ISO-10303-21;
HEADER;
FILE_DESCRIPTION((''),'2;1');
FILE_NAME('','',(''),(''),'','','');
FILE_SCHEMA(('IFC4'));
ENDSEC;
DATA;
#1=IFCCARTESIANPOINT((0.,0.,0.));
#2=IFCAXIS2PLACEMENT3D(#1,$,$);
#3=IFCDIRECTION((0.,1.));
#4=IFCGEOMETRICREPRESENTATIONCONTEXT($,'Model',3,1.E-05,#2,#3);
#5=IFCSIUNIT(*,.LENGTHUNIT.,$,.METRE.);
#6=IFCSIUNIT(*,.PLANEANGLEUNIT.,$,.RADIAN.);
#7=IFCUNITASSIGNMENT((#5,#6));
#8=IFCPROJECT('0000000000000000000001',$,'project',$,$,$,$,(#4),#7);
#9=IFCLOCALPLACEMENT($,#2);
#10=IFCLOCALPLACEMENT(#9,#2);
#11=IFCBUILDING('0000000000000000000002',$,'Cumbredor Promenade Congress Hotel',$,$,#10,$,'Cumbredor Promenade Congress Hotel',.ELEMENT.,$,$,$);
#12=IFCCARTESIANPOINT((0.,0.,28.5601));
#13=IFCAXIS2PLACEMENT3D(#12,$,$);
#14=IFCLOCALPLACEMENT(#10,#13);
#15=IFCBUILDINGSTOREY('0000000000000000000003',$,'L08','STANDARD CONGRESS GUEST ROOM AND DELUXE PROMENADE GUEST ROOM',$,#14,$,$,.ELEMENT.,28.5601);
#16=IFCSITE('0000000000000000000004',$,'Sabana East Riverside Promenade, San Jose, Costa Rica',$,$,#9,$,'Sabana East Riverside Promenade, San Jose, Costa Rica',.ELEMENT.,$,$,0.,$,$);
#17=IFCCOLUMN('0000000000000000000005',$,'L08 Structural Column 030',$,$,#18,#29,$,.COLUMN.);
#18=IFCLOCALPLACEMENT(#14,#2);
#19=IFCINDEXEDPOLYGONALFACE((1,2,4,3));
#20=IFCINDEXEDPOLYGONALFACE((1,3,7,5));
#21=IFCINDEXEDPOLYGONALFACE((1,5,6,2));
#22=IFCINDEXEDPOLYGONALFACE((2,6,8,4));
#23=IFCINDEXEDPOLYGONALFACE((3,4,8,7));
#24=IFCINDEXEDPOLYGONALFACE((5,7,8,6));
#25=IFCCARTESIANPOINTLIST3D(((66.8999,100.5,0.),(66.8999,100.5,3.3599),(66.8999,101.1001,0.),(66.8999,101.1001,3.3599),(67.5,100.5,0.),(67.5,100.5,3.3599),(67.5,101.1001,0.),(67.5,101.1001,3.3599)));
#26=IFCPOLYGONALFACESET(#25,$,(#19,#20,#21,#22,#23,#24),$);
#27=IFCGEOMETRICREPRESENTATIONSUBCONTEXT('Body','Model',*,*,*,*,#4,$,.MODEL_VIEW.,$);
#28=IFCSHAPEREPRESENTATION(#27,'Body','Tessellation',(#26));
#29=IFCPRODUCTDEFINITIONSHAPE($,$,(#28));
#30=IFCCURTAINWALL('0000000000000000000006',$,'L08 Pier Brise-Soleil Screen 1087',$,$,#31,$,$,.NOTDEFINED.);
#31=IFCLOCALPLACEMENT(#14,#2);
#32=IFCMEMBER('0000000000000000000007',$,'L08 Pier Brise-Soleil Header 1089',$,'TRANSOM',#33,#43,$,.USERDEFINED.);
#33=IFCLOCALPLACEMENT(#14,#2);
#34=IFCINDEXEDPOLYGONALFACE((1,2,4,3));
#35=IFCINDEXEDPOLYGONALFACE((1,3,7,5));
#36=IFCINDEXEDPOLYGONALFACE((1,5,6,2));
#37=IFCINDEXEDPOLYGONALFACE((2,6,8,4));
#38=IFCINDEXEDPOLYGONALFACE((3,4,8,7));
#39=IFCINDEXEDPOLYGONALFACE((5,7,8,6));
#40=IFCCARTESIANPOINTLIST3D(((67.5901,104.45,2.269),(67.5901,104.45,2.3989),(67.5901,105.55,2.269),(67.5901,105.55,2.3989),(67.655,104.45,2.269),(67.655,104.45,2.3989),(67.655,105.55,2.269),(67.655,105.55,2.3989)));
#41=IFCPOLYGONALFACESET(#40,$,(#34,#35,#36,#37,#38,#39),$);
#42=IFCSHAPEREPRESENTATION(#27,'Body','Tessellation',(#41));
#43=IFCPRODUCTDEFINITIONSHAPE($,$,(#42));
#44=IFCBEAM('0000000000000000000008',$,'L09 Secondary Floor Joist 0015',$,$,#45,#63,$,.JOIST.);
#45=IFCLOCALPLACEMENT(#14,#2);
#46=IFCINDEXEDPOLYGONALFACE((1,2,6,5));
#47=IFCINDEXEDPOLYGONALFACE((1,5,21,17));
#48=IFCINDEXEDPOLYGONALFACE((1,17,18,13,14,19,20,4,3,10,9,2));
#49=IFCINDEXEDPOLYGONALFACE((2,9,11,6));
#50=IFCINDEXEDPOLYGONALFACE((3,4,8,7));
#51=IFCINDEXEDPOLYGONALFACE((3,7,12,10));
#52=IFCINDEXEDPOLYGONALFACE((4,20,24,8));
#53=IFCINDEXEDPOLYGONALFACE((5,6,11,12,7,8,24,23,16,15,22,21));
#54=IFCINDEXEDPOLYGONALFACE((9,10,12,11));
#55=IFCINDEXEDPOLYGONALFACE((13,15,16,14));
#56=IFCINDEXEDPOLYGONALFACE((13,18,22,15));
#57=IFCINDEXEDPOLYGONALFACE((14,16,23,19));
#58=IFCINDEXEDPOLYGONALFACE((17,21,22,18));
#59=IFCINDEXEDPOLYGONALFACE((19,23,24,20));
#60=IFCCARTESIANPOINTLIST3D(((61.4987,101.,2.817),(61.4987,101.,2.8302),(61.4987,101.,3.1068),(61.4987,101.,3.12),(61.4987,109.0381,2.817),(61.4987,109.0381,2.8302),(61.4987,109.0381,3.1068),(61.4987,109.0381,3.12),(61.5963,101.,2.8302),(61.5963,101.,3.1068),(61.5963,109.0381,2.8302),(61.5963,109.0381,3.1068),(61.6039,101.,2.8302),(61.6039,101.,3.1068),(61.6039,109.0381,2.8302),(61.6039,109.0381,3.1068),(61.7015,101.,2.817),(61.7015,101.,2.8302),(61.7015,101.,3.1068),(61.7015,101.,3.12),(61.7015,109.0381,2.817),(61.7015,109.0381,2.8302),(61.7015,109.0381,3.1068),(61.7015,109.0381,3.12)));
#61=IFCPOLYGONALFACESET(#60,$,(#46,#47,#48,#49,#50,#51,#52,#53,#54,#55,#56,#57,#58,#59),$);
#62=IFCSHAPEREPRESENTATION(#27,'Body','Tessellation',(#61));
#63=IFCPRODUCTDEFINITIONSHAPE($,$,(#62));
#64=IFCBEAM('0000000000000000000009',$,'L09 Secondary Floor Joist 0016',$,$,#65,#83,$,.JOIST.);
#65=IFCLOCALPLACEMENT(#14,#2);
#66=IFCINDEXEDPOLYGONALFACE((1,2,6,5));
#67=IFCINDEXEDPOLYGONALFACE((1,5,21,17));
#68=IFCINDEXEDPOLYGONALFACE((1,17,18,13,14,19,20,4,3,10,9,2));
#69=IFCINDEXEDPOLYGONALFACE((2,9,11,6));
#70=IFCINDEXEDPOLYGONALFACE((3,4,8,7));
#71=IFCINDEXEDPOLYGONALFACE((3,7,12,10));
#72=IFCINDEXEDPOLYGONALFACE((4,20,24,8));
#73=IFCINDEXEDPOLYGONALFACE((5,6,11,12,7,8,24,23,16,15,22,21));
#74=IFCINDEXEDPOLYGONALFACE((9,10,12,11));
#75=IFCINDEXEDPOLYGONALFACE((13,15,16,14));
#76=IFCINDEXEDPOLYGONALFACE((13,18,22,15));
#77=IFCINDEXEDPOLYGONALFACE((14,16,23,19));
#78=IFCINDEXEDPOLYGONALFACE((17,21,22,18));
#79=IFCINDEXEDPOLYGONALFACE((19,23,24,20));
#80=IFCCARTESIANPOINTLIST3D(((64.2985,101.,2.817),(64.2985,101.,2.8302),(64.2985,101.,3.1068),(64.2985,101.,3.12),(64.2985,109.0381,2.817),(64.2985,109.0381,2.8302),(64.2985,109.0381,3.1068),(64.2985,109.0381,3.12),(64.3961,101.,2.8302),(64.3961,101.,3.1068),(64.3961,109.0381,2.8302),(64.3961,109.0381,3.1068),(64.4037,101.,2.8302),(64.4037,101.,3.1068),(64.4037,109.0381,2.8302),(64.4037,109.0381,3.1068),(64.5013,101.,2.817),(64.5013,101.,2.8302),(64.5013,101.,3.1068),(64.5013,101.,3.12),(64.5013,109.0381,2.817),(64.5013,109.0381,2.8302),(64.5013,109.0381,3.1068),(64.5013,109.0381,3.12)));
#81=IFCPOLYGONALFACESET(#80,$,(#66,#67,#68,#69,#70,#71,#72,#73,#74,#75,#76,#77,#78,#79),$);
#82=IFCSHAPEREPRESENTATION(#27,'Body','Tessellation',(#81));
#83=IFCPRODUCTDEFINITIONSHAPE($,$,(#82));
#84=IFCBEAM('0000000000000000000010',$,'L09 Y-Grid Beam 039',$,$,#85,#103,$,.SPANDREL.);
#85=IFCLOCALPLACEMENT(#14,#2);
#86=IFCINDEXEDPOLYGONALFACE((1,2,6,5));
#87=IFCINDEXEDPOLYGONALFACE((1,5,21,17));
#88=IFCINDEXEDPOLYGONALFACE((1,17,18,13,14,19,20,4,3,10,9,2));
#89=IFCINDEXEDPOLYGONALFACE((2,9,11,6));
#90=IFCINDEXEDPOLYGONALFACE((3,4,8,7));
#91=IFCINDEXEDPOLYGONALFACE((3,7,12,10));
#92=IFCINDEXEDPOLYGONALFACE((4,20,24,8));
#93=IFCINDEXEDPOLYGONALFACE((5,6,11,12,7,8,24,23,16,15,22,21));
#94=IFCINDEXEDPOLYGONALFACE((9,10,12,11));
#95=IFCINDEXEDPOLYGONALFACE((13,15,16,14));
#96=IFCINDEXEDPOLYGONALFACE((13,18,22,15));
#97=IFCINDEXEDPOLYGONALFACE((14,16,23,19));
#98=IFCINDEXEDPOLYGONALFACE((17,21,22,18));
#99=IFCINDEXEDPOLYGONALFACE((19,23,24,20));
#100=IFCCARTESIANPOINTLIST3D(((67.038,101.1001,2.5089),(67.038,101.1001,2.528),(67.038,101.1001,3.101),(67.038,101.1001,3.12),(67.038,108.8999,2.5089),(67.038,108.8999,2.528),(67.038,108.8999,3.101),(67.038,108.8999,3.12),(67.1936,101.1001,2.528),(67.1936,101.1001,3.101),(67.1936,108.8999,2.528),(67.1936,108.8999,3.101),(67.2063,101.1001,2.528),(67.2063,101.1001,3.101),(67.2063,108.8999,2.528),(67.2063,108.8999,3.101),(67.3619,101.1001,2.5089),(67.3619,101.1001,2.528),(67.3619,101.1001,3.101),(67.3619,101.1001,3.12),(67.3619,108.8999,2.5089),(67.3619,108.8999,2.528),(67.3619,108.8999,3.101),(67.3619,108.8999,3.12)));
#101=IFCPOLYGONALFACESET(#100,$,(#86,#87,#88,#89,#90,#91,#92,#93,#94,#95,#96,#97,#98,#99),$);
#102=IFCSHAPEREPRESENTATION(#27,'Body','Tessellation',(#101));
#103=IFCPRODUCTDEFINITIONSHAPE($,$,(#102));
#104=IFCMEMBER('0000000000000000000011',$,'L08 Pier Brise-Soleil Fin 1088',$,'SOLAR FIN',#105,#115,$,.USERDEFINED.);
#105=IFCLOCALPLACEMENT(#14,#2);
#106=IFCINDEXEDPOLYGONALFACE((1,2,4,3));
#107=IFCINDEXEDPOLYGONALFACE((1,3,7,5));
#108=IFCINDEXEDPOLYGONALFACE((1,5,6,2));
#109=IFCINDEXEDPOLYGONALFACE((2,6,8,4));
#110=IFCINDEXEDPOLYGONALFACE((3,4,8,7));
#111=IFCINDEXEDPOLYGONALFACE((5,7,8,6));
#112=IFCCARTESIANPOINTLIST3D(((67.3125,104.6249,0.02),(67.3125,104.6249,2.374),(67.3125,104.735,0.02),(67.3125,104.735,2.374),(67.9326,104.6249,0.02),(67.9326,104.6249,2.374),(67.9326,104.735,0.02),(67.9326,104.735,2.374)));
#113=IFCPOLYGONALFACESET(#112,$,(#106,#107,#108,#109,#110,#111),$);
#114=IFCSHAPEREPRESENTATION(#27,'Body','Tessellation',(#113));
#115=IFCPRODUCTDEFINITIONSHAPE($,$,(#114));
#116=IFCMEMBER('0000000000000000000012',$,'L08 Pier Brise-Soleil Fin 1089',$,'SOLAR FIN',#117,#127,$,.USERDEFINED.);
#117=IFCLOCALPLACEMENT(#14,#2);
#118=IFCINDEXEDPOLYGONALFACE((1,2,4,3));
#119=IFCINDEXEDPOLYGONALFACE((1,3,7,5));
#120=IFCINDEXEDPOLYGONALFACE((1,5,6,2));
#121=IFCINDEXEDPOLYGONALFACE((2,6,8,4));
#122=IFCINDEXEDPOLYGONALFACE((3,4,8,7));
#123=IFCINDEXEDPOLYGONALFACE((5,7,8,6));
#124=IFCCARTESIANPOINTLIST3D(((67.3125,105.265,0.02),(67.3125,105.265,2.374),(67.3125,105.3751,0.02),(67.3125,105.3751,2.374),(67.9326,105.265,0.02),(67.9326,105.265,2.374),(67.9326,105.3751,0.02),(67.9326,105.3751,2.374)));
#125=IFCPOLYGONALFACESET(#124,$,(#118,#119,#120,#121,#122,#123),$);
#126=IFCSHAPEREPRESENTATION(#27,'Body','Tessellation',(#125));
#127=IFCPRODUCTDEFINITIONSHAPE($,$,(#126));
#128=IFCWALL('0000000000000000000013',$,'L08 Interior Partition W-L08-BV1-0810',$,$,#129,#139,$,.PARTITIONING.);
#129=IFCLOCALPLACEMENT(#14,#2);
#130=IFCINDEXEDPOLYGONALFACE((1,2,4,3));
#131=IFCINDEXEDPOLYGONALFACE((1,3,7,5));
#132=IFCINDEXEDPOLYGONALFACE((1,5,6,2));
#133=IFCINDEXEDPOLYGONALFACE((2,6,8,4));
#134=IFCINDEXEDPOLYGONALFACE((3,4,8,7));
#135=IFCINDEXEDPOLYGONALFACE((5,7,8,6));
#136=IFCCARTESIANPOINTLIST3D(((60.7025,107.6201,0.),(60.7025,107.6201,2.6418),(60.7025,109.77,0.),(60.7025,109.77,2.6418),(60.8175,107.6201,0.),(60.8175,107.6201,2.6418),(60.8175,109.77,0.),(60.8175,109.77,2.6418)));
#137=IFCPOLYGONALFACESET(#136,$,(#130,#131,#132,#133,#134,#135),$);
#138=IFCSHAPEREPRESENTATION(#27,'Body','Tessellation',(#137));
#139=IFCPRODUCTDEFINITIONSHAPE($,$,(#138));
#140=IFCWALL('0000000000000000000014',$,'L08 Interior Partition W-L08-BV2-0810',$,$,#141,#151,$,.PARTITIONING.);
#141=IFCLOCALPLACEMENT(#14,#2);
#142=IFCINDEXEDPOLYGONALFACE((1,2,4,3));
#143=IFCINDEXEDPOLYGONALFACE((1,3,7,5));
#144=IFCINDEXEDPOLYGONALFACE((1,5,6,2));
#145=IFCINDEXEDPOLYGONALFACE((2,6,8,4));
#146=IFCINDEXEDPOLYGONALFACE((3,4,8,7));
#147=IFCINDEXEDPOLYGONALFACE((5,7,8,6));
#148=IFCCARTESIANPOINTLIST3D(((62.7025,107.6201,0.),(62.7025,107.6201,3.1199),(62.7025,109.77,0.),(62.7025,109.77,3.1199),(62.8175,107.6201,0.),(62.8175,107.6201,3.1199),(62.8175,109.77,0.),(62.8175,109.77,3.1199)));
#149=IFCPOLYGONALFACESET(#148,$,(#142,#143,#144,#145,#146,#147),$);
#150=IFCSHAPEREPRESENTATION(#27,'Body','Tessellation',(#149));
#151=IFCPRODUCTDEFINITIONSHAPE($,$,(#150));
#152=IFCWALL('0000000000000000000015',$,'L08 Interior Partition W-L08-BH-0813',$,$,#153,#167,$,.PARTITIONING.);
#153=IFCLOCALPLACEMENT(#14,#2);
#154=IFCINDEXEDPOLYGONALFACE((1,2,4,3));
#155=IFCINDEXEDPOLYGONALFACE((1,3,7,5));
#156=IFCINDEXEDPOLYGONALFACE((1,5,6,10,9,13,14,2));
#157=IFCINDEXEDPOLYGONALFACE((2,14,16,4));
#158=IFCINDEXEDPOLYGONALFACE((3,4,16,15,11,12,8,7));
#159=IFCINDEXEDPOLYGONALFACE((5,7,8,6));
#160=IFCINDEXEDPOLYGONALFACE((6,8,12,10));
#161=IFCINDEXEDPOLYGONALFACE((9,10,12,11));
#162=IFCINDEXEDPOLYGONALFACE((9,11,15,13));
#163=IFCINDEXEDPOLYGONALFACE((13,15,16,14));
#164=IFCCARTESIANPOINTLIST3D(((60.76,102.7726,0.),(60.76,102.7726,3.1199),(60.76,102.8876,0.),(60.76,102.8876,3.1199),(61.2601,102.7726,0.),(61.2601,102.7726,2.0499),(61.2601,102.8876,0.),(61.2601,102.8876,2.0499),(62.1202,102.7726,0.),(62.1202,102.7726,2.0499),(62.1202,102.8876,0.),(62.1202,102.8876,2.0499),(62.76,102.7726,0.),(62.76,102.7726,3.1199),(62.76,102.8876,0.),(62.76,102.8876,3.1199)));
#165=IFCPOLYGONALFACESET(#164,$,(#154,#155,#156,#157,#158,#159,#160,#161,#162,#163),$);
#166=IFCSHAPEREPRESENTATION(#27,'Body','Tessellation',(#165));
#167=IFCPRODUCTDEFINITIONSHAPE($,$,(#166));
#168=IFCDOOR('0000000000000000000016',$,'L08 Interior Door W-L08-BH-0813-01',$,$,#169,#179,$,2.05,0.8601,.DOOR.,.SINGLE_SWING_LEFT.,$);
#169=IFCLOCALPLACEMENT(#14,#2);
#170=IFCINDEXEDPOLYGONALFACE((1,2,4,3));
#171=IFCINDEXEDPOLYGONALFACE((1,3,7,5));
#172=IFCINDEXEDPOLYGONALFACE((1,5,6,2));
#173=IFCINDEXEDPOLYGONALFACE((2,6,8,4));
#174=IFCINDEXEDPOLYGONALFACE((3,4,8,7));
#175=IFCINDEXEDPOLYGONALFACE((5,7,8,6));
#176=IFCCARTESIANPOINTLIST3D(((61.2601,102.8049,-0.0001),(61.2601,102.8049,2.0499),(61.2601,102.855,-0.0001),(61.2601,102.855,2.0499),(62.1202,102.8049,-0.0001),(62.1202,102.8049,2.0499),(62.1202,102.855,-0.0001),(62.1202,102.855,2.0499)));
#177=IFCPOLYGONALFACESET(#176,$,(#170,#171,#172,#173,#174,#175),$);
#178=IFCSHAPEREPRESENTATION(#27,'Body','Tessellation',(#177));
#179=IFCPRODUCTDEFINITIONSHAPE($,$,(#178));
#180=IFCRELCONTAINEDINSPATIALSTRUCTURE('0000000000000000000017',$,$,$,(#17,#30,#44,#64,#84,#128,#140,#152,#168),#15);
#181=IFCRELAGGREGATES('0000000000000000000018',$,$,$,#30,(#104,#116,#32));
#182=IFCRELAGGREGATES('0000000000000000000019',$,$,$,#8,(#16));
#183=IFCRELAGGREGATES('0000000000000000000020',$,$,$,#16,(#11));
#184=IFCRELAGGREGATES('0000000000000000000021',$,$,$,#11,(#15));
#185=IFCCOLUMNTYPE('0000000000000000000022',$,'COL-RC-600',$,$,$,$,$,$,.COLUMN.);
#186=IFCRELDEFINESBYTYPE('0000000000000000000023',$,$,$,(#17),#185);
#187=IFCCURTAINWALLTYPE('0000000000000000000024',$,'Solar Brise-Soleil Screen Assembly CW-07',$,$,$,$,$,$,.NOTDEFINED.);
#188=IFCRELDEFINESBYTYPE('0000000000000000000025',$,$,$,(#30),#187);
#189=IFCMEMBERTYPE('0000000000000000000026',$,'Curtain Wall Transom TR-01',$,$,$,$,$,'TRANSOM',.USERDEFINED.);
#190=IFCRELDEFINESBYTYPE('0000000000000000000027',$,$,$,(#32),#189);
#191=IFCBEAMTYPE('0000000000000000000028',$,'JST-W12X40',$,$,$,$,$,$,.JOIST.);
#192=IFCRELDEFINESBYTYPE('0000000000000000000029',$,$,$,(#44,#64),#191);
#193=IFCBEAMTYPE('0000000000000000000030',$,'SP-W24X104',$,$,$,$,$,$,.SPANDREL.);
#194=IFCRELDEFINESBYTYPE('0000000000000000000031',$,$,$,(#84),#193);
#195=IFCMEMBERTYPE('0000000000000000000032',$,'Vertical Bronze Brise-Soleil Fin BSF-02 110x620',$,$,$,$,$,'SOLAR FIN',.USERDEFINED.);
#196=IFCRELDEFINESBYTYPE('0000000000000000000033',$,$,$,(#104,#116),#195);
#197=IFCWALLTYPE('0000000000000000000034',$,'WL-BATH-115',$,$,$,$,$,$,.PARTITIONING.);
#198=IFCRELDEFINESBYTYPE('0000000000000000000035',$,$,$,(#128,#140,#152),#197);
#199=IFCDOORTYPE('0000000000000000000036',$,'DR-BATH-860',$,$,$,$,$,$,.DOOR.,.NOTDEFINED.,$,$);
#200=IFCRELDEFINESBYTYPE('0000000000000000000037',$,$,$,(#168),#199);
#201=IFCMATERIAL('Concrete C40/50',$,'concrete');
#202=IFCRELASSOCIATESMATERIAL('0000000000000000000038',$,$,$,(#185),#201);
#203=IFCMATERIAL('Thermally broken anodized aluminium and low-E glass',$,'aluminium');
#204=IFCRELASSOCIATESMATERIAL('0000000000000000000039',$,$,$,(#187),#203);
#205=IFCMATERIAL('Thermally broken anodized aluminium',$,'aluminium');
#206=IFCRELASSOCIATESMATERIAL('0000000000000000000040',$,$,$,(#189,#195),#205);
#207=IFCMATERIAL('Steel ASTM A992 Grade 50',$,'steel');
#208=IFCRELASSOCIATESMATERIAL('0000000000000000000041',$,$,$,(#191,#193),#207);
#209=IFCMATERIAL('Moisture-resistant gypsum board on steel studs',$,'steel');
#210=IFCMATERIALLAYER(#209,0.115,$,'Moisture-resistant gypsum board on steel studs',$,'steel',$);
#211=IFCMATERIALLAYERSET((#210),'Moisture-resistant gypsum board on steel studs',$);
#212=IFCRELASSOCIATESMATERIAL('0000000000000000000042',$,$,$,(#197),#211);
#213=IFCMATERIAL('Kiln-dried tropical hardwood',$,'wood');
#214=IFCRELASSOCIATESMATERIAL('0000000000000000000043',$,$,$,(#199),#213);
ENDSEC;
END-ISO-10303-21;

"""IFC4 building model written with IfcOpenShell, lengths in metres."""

from ifc_helpers import new_model, si_unit, direction, frame, frame_2d, origin, origin_2d, place, context, subcontext, project, spatial, rectangle, i_section, extrude, material, layer, layer_set, material_profile, profile_set, type_object, element, fill, aggregate, save


model = new_model("IFC4")

# Units and contexts
model_context = context("Model", 3, precision=1e-05, world=origin(), true_north=direction((0.0, 1.0)))
body_context = subcontext(model_context, "Body", "Model", "MODEL_VIEW")
ifc_project = project(units=[si_unit("LENGTHUNIT", "METRE"), si_unit("PLANEANGLEUNIT", "RADIAN")], contexts=[model_context])

# Site, building, storey
site_placement = place(None, origin())
site = spatial("IfcSite", under=ifc_project, at=site_placement, Name="Sabana East Riverside Promenade, San Jose, Costa Rica", LongName="Sabana East Riverside Promenade, San Jose, Costa Rica", CompositionType="ELEMENT", RefElevation=0.0)
building_placement = place(site_placement, origin())
building = spatial("IfcBuilding", under=site, at=building_placement, Name="Cumbredor Promenade Congress Hotel", LongName="Cumbredor Promenade Congress Hotel", CompositionType="ELEMENT")
storey_placement = place(building_placement, frame((0.0, 0.0, 28.5601)))
storey = spatial("IfcBuildingStorey", under=building, at=storey_placement, Name="L08", Description="STANDARD CONGRESS GUEST ROOM AND DELUXE PROMENADE GUEST ROOM", CompositionType="ELEMENT", Elevation=28.5601)

# Column
ifc_material_1 = material(Name="Concrete C40/50", Category="concrete")
ifc_material_profile_1 = material_profile(ifc_material_1, rectangle(XDim=0.6001, YDim=0.6001, at=origin_2d()), Name="RC 600x600")
ifc_profile_set_1 = profile_set([ifc_material_profile_1], Name="Concrete C40/50")
column_type = type_object("IfcColumnType", Name="COL-RC-600", PredefinedType="COLUMN", material=ifc_profile_set_1)
column_placement = place(storey_placement, frame((67.2, 100.8, 0.0), z_axis=(0.0, 0.0, 1.0), x_axis=(1.0, 0.0, 0.0)))
element("IfcColumn", 1, at=column_placement, inside=storey, type_object=column_type, Name="L08 Structural Column 030", PredefinedType="COLUMN", context=body_context, shape_type="SweptSolid", body=[
    extrude(rectangle(XDim=0.6001, YDim=0.6001, at=origin_2d()), origin(), (0.0, 0.0, 1.0), 3.3599),
])

# Curtain wall, member
ifc_material_2 = material(Name="Thermally broken anodized aluminium and low-E glass", Category="aluminium")
curtain_wall_type = type_object("IfcCurtainWallType", Name="Solar Brise-Soleil Screen Assembly CW-07", PredefinedType="NOTDEFINED", material=ifc_material_2)
curtain_wall_placement = place(storey_placement, origin())
curtain_wall = element("IfcCurtainWall", 2, at=curtain_wall_placement, inside=storey, type_object=curtain_wall_type, Name="L08 Pier Brise-Soleil Screen 1087", PredefinedType="NOTDEFINED")
ifc_material_3 = material(Name="Thermally broken anodized aluminium", Category="aluminium")
ifc_material_profile_2 = material_profile(ifc_material_3, rectangle(XDim=0.0649, YDim=0.1299, at=origin_2d()), Name="ALU TRANSOM 65x130")
ifc_profile_set_2 = profile_set([ifc_material_profile_2], Name="Thermally broken anodized aluminium")
member_type_1 = type_object("IfcMemberType", Name="Curtain Wall Transom TR-01", ElementType="TRANSOM", PredefinedType="USERDEFINED", material=ifc_profile_set_2)
member_1_placement = place(storey_placement, frame((67.6226, 104.45, 2.334), z_axis=(0.0, 1.0, 0.0), x_axis=(-1.0, 0.0, 0.0)))
member_1 = element("IfcMember", 3, at=member_1_placement, type_object=member_type_1, Name="L08 Pier Brise-Soleil Header 1089", ObjectType="TRANSOM", PredefinedType="USERDEFINED", context=body_context, shape_type="SweptSolid", body=[
    extrude(rectangle(XDim=0.0649, YDim=0.1299, at=origin_2d()), origin(), (0.0, 0.0, 1.0), 1.1001),
])

# Beams
ifc_material_4 = material(Name="Steel ASTM A992 Grade 50", Category="steel")
ifc_material_profile_3 = material_profile(ifc_material_4, i_section(OverallWidth=0.2029, OverallDepth=0.303, WebThickness=0.0076, FlangeThickness=0.0132, at=origin_2d()), Name="W12X40")
ifc_profile_set_3 = profile_set([ifc_material_profile_3], Name="Steel ASTM A992 Grade 50")
beam_type_1 = type_object("IfcBeamType", Name="JST-W12X40", PredefinedType="JOIST", material=ifc_profile_set_3)
for number, where, z_axis, x_axis, name in (
    (4, (61.6001, 101.0, 2.9685), (0.0, 1.0, 0.0), (-1.0, 0.0, 0.0), "L09 Secondary Floor Joist 0015"),
    (5, (64.3999, 101.0, 2.9685), (0.0, 1.0, 0.0), (-1.0, 0.0, 0.0), "L09 Secondary Floor Joist 0016"),
):
    element("IfcBeam", number, at=place(storey_placement, frame(where, z_axis=z_axis, x_axis=x_axis)), inside=storey, type_object=beam_type_1, Name=name, PredefinedType="JOIST", context=body_context, shape_type="SweptSolid", body=[
        extrude(i_section(OverallWidth=0.2029, OverallDepth=0.303, WebThickness=0.0076, FlangeThickness=0.0132, at=origin_2d()), origin(), (0.0, 0.0, 1.0), 8.0381),
    ])
ifc_material_profile_4 = material_profile(ifc_material_4, i_section(OverallWidth=0.324, OverallDepth=0.6111, WebThickness=0.0127, FlangeThickness=0.019, at=origin_2d()), Name="W24X104")
ifc_profile_set_4 = profile_set([ifc_material_profile_4], Name="Steel ASTM A992 Grade 50")
beam_type_2 = type_object("IfcBeamType", Name="SP-W24X104", PredefinedType="SPANDREL", material=ifc_profile_set_4)
beam_placement = place(storey_placement, frame((67.2, 101.1001, 2.8145), z_axis=(0.0, 1.0, 0.0), x_axis=(-1.0, 0.0, 0.0)))
element("IfcBeam", 6, at=beam_placement, inside=storey, type_object=beam_type_2, Name="L09 Y-Grid Beam 039", PredefinedType="SPANDREL", context=body_context, shape_type="SweptSolid", body=[
    extrude(i_section(OverallWidth=0.324, OverallDepth=0.6111, WebThickness=0.0127, FlangeThickness=0.019, at=origin_2d()), origin(), (0.0, 0.0, 1.0), 7.7998),
])

# Members
ifc_material_profile_5 = material_profile(ifc_material_3, rectangle(XDim=0.1101, YDim=0.6201, at=origin_2d()), Name="ARCH FIN 110x620")
ifc_profile_set_5 = profile_set([ifc_material_profile_5], Name="Thermally broken anodized aluminium")
member_type_2 = type_object("IfcMemberType", Name="Vertical Bronze Brise-Soleil Fin BSF-02 110x620", ElementType="SOLAR FIN", PredefinedType="USERDEFINED", material=ifc_profile_set_5)
member_2_placement = place(storey_placement, frame((67.6226, 104.6799, 0.02), z_axis=(0.0, 0.0, 1.0), x_axis=(0.0, 1.0, 0.0)))
member_2 = element("IfcMember", 7, at=member_2_placement, type_object=member_type_2, Name="L08 Pier Brise-Soleil Fin 1088", ObjectType="SOLAR FIN", PredefinedType="USERDEFINED", context=body_context, shape_type="SweptSolid", body=[
    extrude(rectangle(XDim=0.1101, YDim=0.6201, at=origin_2d()), origin(), (0.0, 0.0, 1.0), 2.354),
])
member_3_placement = place(storey_placement, frame((67.6226, 105.3201, 0.02), z_axis=(0.0, 0.0, 1.0), x_axis=(0.0, 1.0, 0.0)))
member_3 = element("IfcMember", 8, at=member_3_placement, type_object=member_type_2, Name="L08 Pier Brise-Soleil Fin 1089", ObjectType="SOLAR FIN", PredefinedType="USERDEFINED", context=body_context, shape_type="SweptSolid", body=[
    extrude(rectangle(XDim=0.1101, YDim=0.6201, at=origin_2d()), origin(), (0.0, 0.0, 1.0), 2.354),
])
aggregate(curtain_wall, [member_2, member_3, member_1])

# Walls
ifc_material_5 = material(Name="Moisture-resistant gypsum board on steel studs", Category="steel")
ifc_layer_1 = layer(ifc_material_5, 0.115, Name="Moisture-resistant gypsum board on steel studs", Category="steel")
ifc_layer_set_1 = layer_set([ifc_layer_1], Name="Moisture-resistant gypsum board on steel studs")
wall_type_1 = type_object("IfcWallType", Name="WL-BATH-115", PredefinedType="PARTITIONING", material=ifc_layer_set_1)
wall_1_placement = place(storey_placement, frame((60.76, 107.6201, 0.0), z_axis=(0.0, 0.0, 1.0), x_axis=(0.0, 1.0, 0.0)))
element("IfcWall", 9, at=wall_1_placement, inside=storey, type_object=wall_type_1, Name="L08 Interior Partition W-L08-BV1-0810", PredefinedType="PARTITIONING", context=body_context, shape_type="SweptSolid", body=[
    extrude(rectangle(XDim=2.1499, YDim=0.115, at=frame_2d((1.075, 0.0))), origin(), (0.0, 0.0, 1.0), 2.6418),
])
wall_2_placement = place(storey_placement, frame((62.76, 107.6201, 0.0), z_axis=(0.0, 0.0, 1.0), x_axis=(0.0, 1.0, 0.0)))
element("IfcWall", 10, at=wall_2_placement, inside=storey, type_object=wall_type_1, Name="L08 Interior Partition W-L08-BV2-0810", PredefinedType="PARTITIONING", context=body_context, shape_type="SweptSolid", body=[
    extrude(rectangle(XDim=2.1499, YDim=0.115, at=frame_2d((1.075, 0.0))), origin(), (0.0, 0.0, 1.0), 3.1199),
])

# Wall, opening, door
wall_3_placement = place(storey_placement, frame((60.76, 102.8301, 0.0), z_axis=(0.0, 0.0, 1.0), x_axis=(1.0, 0.0, 0.0)))
wall_3 = element("IfcWall", 11, at=wall_3_placement, inside=storey, type_object=wall_type_1, Name="L08 Interior Partition W-L08-BH-0813", PredefinedType="PARTITIONING", context=body_context, shape_type="SweptSolid", body=[
    extrude(rectangle(XDim=2.0, YDim=0.115, at=frame_2d((1.0, 0.0))), origin(), (0.0, 0.0, 1.0), 3.1199),
])
opening_1_placement = place(wall_3_placement, frame((0.5, 0.0, 0.0)))
opening_1 = element("IfcOpeningElement", 12, at=opening_1_placement, cuts=wall_3, PredefinedType="OPENING", context=body_context, shape_type="SweptSolid", body=[
    extrude(rectangle(XDim=0.8601, YDim=2.05, at=frame_2d((0.4302, 1.0249))), frame((0.0, 0.0674, 0.0), z_axis=(0.0, -1.0, 0.0), x_axis=(1.0, 0.0, 0.0)), (0.0, 0.0, 1.0), 0.135),
])
ifc_material_6 = material(Name="Kiln-dried tropical hardwood", Category="wood")
door_type = type_object("IfcDoorType", Name="DR-BATH-860", OperationType="NOTDEFINED", PredefinedType="DOOR", material=ifc_material_6)
door_1_placement = place(opening_1_placement, origin())
door_1 = element("IfcDoor", 13, at=door_1_placement, inside=storey, type_object=door_type, Name="L08 Interior Door W-L08-BH-0813-01", OperationType="SINGLE_SWING_LEFT", OverallHeight=2.05, OverallWidth=0.8601, PredefinedType="DOOR", context=body_context, shape_type="SweptSolid", body=[
    extrude(rectangle(XDim=0.8601, YDim=2.05, at=frame_2d((0.4302, 1.0249))), frame((0.0, 0.0249, 0.0), z_axis=(0.0, -1.0, 0.0), x_axis=(1.0, 0.0, 0.0)), (0.0, 0.0, 1.0), 0.05),
])
fill(opening_1, door_1)

save(model, "model.ifc")
